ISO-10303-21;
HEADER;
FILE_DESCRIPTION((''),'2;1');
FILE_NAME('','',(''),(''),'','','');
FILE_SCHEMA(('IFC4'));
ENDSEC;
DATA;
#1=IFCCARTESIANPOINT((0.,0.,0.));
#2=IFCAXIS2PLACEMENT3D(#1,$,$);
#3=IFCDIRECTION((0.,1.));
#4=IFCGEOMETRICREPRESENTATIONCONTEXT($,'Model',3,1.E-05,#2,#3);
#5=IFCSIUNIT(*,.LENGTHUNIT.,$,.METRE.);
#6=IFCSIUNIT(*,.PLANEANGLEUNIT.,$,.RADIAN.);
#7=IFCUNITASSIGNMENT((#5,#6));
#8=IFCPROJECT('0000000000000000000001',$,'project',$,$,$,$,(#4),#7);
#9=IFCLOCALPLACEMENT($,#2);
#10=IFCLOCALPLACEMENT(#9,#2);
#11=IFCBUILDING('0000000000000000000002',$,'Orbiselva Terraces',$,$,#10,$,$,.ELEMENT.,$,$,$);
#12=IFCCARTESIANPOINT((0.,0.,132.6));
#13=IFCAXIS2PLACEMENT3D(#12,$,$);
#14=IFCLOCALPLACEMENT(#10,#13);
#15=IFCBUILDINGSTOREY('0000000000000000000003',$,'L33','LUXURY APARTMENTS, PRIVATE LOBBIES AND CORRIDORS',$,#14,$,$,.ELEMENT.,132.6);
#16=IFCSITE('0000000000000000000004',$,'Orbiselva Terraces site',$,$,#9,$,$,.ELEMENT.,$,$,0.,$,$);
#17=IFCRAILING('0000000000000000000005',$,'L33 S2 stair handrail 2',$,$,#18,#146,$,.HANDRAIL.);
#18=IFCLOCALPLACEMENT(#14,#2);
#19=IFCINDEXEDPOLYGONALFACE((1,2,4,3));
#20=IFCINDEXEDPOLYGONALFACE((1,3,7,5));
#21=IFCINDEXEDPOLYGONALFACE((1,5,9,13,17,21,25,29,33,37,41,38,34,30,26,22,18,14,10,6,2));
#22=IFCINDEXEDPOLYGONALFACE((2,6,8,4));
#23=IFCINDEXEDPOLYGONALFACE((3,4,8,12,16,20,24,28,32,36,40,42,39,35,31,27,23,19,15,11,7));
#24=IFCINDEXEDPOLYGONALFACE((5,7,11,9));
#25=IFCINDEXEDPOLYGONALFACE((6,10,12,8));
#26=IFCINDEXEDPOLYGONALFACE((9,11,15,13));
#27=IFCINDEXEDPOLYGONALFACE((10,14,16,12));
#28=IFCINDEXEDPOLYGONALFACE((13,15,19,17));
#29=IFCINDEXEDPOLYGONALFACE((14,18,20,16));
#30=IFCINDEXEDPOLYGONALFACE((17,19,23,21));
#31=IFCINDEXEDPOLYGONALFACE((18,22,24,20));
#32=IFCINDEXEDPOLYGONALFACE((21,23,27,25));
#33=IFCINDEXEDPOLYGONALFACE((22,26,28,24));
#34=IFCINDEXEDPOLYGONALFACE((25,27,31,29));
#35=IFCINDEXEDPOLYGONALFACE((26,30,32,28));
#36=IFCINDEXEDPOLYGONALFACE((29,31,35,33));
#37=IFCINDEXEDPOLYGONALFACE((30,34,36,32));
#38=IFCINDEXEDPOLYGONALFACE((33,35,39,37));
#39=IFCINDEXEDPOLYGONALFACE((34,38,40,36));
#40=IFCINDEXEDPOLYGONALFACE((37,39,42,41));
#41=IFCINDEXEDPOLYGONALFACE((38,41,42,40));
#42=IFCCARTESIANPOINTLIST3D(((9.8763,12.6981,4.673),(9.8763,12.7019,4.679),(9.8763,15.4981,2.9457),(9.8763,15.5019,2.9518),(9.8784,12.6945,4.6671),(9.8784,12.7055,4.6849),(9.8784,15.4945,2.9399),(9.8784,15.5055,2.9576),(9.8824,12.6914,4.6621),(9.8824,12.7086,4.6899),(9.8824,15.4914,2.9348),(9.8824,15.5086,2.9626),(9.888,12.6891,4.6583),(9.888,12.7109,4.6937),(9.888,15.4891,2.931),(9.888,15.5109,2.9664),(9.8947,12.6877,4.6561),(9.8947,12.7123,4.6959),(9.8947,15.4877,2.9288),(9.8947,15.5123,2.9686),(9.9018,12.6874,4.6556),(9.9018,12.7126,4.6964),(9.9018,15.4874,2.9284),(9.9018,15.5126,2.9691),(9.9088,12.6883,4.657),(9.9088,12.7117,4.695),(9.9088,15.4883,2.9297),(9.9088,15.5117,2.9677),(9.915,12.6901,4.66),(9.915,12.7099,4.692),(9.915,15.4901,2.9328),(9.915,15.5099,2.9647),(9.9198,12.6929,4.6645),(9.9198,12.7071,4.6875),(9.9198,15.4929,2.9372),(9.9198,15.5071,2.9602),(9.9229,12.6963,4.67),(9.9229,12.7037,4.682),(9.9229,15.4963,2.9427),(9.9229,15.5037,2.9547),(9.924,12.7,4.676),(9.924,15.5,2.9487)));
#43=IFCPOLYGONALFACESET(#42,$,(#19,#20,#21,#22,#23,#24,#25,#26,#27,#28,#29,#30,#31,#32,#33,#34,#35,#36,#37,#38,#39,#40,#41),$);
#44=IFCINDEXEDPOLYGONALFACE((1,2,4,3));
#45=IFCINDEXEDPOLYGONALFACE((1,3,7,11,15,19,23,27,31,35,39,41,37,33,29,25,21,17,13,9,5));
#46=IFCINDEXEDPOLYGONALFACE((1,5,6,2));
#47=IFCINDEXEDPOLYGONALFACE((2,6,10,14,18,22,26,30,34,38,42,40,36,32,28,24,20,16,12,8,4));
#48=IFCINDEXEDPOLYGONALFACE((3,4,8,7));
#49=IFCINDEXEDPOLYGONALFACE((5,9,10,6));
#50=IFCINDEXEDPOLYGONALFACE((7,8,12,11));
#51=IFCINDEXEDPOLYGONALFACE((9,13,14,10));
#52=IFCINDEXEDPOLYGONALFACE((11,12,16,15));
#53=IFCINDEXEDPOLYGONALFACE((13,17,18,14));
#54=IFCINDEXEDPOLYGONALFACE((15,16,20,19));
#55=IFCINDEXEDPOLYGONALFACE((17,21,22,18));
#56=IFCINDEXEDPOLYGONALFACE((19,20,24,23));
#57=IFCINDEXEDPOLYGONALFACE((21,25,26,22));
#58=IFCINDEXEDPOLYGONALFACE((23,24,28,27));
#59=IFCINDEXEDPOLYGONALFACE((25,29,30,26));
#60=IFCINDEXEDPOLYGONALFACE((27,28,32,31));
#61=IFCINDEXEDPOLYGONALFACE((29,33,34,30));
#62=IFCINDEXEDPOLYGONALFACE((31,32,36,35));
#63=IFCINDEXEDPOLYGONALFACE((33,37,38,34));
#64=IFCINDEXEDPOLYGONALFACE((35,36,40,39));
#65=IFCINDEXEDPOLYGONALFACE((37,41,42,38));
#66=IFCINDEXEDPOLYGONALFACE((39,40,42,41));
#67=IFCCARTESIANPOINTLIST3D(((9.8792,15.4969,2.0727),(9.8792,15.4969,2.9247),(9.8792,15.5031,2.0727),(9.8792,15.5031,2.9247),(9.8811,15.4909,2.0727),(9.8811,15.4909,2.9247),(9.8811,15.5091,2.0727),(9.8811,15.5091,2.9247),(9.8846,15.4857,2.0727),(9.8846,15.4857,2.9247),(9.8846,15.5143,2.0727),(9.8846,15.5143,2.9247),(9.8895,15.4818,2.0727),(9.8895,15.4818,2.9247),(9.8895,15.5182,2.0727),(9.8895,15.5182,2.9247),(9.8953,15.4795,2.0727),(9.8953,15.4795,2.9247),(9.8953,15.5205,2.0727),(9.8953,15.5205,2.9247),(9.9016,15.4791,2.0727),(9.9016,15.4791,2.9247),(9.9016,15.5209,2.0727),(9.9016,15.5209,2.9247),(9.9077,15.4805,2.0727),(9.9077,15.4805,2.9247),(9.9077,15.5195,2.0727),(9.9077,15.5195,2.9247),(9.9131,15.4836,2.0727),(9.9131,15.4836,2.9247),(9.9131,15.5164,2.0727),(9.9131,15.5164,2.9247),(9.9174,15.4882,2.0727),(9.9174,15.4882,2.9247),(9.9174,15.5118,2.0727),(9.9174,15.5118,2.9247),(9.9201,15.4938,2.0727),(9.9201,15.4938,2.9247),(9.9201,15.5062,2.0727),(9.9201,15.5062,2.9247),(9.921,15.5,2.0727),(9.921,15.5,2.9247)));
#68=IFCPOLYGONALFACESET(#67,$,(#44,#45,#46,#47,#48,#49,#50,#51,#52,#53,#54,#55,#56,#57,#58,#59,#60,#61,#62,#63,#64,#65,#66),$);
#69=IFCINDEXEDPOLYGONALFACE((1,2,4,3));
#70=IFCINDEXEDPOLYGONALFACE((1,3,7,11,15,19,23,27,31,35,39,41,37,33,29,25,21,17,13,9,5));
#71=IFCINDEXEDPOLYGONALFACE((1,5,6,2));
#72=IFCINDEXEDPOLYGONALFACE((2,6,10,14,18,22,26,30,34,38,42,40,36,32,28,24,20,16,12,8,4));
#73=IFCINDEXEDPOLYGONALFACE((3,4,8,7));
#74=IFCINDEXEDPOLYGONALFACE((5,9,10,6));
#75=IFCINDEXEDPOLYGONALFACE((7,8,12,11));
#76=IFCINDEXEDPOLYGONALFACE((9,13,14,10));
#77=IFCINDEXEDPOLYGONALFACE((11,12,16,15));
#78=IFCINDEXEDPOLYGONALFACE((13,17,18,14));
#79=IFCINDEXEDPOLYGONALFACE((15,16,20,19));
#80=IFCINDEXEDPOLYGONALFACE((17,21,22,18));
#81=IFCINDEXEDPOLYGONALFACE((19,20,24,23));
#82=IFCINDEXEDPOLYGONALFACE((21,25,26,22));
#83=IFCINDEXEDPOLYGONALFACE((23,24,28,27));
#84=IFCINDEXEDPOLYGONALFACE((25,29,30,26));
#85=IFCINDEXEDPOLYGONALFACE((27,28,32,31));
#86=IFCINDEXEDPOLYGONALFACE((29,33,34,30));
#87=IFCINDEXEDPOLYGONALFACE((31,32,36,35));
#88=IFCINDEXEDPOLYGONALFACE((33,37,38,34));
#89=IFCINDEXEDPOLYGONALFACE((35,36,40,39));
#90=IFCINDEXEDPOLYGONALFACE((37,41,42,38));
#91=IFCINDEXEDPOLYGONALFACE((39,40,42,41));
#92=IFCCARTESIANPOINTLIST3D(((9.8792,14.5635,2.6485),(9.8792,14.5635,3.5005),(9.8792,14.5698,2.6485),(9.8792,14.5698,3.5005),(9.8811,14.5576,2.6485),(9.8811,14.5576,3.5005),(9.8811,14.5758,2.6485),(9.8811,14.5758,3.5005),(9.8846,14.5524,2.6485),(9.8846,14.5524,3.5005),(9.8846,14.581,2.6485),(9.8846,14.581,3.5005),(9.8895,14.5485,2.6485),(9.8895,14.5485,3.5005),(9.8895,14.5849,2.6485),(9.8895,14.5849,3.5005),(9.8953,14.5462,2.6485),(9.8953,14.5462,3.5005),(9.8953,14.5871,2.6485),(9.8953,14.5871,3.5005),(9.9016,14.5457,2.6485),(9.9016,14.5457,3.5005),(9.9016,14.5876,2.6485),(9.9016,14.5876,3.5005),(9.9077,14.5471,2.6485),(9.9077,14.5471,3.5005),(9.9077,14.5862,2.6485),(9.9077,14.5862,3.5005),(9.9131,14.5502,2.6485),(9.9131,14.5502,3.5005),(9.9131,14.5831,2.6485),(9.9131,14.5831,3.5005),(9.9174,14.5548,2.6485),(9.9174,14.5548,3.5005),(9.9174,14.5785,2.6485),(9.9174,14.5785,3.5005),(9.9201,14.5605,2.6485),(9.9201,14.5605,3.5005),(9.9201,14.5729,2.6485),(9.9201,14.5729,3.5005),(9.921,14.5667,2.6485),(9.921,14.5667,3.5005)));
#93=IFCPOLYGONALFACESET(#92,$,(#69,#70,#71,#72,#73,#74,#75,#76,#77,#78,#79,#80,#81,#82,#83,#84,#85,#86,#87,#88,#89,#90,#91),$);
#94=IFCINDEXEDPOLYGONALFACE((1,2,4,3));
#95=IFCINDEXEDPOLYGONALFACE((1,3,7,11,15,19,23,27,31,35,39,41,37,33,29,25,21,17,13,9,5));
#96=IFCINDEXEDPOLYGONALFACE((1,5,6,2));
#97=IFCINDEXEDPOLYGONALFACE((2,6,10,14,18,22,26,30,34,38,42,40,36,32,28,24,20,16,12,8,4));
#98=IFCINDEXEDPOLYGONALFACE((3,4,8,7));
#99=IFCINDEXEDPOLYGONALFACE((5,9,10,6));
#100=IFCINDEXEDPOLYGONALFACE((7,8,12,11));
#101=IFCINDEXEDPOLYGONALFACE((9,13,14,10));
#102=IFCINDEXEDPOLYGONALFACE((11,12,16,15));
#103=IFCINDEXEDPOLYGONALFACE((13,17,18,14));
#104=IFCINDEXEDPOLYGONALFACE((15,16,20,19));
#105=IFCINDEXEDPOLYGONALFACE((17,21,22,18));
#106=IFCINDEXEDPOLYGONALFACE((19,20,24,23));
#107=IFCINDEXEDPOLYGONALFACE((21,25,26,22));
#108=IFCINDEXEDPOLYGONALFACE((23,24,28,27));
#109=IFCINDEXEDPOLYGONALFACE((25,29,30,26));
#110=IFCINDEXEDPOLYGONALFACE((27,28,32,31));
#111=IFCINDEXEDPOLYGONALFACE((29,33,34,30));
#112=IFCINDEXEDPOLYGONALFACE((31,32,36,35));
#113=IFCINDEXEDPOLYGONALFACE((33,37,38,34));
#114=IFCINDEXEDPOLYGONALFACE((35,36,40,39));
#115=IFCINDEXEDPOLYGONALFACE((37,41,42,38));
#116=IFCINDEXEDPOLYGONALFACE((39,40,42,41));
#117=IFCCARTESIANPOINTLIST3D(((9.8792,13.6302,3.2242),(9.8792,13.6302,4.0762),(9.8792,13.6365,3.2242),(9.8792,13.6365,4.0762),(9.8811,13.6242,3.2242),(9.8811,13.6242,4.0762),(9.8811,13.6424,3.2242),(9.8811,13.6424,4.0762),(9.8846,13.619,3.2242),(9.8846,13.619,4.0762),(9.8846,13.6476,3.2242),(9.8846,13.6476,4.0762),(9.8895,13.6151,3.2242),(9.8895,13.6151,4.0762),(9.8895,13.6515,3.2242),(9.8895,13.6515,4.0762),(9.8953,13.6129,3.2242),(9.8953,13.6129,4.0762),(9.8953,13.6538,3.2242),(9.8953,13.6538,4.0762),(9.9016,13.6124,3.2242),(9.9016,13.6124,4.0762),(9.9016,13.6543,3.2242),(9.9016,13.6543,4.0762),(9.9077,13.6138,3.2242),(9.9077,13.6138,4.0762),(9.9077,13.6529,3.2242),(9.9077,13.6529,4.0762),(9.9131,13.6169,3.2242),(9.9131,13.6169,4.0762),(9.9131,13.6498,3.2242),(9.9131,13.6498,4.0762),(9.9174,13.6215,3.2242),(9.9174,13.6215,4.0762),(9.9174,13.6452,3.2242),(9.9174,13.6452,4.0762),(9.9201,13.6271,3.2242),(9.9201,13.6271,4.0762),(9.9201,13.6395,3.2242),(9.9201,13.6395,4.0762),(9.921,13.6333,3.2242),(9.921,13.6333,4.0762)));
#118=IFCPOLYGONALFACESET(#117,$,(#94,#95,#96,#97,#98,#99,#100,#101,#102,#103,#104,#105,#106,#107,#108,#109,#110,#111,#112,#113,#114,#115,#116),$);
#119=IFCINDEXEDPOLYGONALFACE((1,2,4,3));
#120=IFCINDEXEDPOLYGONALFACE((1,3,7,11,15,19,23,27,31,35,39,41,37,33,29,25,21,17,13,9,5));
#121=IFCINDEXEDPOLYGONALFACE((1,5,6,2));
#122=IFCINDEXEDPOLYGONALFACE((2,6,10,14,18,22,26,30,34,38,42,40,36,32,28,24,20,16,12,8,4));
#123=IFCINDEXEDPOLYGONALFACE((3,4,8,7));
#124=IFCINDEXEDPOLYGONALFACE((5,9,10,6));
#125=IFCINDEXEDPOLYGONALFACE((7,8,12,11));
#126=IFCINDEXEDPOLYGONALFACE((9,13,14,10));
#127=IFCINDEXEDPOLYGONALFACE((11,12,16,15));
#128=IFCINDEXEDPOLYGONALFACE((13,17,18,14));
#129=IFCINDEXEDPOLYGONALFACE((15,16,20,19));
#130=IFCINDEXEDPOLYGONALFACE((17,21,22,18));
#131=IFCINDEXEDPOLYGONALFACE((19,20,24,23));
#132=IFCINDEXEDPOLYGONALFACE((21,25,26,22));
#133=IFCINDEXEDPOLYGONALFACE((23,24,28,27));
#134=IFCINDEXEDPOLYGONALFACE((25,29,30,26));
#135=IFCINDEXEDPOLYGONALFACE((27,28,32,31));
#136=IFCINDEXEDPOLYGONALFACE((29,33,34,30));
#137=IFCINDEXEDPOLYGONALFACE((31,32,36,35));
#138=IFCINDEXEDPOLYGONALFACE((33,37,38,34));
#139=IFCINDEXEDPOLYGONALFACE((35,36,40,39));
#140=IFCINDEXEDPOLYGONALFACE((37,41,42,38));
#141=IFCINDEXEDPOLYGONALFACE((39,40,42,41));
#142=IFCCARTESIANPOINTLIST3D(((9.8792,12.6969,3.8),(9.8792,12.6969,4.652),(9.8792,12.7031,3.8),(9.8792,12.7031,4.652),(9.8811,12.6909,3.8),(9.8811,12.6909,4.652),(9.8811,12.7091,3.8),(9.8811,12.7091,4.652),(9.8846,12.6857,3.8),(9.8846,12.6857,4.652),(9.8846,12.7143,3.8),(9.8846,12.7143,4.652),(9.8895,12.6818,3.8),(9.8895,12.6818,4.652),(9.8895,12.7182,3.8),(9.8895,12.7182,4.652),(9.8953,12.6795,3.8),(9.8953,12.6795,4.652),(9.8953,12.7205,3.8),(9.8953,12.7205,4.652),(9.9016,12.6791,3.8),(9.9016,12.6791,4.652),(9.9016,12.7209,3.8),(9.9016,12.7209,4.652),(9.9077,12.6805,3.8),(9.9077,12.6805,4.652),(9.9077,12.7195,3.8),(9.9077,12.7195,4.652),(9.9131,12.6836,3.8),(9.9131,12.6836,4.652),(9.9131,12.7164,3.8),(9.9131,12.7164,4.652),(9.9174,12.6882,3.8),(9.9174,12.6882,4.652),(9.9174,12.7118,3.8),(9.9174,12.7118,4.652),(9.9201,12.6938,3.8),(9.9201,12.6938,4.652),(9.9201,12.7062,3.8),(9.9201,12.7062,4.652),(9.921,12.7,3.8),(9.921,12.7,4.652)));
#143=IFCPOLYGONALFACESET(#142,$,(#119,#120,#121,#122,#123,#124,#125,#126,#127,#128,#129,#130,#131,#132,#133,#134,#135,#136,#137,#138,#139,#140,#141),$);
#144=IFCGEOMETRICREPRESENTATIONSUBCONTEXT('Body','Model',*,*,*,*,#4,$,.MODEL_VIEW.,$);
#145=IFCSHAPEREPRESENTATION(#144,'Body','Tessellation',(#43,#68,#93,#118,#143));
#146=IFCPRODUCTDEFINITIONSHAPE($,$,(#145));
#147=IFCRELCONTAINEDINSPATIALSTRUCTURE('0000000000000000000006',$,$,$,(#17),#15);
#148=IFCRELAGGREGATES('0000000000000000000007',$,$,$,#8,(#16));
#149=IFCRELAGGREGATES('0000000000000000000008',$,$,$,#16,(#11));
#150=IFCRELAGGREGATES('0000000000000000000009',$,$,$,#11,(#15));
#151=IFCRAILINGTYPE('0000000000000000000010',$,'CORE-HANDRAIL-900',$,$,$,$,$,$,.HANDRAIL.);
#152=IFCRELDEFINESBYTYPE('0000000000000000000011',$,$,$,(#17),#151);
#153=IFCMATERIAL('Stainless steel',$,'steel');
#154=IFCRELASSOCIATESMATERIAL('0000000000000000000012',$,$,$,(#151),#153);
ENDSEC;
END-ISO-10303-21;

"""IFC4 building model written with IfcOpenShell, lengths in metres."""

from ifc_helpers import new_model, si_unit, direction, frame, origin, origin_2d, place, context, subcontext, project, spatial, circle, extrude, material, type_object, element, save


model = new_model("IFC4")

# Units and contexts
model_context = context("Model", 3, precision=1e-05, world=origin(), true_north=direction((0.0, 1.0)))
body_context = subcontext(model_context, "Body", "Model", "MODEL_VIEW")
ifc_project = project(units=[si_unit("LENGTHUNIT", "METRE"), si_unit("PLANEANGLEUNIT", "RADIAN")], contexts=[model_context])

# Site, building, storey
site_placement = place(None, origin())
site = spatial("IfcSite", under=ifc_project, at=site_placement, Name="Orbiselva Terraces site", CompositionType="ELEMENT", RefElevation=0.0)
building_placement = place(site_placement, origin())
building = spatial("IfcBuilding", under=site, at=building_placement, Name="Orbiselva Terraces", CompositionType="ELEMENT")
storey_placement = place(building_placement, frame((0.0, 0.0, 132.6)))
storey = spatial("IfcBuildingStorey", under=building, at=storey_placement, Name="L33", Description="LUXURY APARTMENTS, PRIVATE LOBBIES AND CORRIDORS", CompositionType="ELEMENT", Elevation=132.6)

# Railing
ifc_material_1 = material(Name="Stainless steel", Category="steel")
railing_type = type_object("IfcRailingType", Name="CORE-HANDRAIL-900", PredefinedType="HANDRAIL", material=ifc_material_1)
railing_placement = place(storey_placement, frame((9.9, 15.5, 2.0727)))
element("IfcRailing", 1, at=railing_placement, inside=storey, type_object=railing_type, Name="L33 S2 stair handrail 2", PredefinedType="HANDRAIL", context=body_context, shape_type="SweptSolid", body=[
    extrude(circle(Radius=0.024, at=origin_2d()), frame((0.0, 0.0, 0.876), z_axis=(0.0, -0.851089, 0.525022), x_axis=(1.0, 0.0, 0.0)), (0.0, 0.0, 1.0), 3.2899),
    extrude(circle(Radius=0.021, at=origin_2d()), origin(), (0.0, 0.0, 1.0), 0.852),
    extrude(circle(Radius=0.021, at=origin_2d()), frame((0.0, -0.9333, 0.5758)), (0.0, 0.0, 1.0), 0.852),
    extrude(circle(Radius=0.021, at=origin_2d()), frame((0.0, -1.8667, 1.1515)), (0.0, 0.0, 1.0), 0.852),
    extrude(circle(Radius=0.021, at=origin_2d()), frame((0.0, -2.8, 1.7273)), (0.0, 0.0, 1.0), 0.852),
])

save(model, "model.ifc")
